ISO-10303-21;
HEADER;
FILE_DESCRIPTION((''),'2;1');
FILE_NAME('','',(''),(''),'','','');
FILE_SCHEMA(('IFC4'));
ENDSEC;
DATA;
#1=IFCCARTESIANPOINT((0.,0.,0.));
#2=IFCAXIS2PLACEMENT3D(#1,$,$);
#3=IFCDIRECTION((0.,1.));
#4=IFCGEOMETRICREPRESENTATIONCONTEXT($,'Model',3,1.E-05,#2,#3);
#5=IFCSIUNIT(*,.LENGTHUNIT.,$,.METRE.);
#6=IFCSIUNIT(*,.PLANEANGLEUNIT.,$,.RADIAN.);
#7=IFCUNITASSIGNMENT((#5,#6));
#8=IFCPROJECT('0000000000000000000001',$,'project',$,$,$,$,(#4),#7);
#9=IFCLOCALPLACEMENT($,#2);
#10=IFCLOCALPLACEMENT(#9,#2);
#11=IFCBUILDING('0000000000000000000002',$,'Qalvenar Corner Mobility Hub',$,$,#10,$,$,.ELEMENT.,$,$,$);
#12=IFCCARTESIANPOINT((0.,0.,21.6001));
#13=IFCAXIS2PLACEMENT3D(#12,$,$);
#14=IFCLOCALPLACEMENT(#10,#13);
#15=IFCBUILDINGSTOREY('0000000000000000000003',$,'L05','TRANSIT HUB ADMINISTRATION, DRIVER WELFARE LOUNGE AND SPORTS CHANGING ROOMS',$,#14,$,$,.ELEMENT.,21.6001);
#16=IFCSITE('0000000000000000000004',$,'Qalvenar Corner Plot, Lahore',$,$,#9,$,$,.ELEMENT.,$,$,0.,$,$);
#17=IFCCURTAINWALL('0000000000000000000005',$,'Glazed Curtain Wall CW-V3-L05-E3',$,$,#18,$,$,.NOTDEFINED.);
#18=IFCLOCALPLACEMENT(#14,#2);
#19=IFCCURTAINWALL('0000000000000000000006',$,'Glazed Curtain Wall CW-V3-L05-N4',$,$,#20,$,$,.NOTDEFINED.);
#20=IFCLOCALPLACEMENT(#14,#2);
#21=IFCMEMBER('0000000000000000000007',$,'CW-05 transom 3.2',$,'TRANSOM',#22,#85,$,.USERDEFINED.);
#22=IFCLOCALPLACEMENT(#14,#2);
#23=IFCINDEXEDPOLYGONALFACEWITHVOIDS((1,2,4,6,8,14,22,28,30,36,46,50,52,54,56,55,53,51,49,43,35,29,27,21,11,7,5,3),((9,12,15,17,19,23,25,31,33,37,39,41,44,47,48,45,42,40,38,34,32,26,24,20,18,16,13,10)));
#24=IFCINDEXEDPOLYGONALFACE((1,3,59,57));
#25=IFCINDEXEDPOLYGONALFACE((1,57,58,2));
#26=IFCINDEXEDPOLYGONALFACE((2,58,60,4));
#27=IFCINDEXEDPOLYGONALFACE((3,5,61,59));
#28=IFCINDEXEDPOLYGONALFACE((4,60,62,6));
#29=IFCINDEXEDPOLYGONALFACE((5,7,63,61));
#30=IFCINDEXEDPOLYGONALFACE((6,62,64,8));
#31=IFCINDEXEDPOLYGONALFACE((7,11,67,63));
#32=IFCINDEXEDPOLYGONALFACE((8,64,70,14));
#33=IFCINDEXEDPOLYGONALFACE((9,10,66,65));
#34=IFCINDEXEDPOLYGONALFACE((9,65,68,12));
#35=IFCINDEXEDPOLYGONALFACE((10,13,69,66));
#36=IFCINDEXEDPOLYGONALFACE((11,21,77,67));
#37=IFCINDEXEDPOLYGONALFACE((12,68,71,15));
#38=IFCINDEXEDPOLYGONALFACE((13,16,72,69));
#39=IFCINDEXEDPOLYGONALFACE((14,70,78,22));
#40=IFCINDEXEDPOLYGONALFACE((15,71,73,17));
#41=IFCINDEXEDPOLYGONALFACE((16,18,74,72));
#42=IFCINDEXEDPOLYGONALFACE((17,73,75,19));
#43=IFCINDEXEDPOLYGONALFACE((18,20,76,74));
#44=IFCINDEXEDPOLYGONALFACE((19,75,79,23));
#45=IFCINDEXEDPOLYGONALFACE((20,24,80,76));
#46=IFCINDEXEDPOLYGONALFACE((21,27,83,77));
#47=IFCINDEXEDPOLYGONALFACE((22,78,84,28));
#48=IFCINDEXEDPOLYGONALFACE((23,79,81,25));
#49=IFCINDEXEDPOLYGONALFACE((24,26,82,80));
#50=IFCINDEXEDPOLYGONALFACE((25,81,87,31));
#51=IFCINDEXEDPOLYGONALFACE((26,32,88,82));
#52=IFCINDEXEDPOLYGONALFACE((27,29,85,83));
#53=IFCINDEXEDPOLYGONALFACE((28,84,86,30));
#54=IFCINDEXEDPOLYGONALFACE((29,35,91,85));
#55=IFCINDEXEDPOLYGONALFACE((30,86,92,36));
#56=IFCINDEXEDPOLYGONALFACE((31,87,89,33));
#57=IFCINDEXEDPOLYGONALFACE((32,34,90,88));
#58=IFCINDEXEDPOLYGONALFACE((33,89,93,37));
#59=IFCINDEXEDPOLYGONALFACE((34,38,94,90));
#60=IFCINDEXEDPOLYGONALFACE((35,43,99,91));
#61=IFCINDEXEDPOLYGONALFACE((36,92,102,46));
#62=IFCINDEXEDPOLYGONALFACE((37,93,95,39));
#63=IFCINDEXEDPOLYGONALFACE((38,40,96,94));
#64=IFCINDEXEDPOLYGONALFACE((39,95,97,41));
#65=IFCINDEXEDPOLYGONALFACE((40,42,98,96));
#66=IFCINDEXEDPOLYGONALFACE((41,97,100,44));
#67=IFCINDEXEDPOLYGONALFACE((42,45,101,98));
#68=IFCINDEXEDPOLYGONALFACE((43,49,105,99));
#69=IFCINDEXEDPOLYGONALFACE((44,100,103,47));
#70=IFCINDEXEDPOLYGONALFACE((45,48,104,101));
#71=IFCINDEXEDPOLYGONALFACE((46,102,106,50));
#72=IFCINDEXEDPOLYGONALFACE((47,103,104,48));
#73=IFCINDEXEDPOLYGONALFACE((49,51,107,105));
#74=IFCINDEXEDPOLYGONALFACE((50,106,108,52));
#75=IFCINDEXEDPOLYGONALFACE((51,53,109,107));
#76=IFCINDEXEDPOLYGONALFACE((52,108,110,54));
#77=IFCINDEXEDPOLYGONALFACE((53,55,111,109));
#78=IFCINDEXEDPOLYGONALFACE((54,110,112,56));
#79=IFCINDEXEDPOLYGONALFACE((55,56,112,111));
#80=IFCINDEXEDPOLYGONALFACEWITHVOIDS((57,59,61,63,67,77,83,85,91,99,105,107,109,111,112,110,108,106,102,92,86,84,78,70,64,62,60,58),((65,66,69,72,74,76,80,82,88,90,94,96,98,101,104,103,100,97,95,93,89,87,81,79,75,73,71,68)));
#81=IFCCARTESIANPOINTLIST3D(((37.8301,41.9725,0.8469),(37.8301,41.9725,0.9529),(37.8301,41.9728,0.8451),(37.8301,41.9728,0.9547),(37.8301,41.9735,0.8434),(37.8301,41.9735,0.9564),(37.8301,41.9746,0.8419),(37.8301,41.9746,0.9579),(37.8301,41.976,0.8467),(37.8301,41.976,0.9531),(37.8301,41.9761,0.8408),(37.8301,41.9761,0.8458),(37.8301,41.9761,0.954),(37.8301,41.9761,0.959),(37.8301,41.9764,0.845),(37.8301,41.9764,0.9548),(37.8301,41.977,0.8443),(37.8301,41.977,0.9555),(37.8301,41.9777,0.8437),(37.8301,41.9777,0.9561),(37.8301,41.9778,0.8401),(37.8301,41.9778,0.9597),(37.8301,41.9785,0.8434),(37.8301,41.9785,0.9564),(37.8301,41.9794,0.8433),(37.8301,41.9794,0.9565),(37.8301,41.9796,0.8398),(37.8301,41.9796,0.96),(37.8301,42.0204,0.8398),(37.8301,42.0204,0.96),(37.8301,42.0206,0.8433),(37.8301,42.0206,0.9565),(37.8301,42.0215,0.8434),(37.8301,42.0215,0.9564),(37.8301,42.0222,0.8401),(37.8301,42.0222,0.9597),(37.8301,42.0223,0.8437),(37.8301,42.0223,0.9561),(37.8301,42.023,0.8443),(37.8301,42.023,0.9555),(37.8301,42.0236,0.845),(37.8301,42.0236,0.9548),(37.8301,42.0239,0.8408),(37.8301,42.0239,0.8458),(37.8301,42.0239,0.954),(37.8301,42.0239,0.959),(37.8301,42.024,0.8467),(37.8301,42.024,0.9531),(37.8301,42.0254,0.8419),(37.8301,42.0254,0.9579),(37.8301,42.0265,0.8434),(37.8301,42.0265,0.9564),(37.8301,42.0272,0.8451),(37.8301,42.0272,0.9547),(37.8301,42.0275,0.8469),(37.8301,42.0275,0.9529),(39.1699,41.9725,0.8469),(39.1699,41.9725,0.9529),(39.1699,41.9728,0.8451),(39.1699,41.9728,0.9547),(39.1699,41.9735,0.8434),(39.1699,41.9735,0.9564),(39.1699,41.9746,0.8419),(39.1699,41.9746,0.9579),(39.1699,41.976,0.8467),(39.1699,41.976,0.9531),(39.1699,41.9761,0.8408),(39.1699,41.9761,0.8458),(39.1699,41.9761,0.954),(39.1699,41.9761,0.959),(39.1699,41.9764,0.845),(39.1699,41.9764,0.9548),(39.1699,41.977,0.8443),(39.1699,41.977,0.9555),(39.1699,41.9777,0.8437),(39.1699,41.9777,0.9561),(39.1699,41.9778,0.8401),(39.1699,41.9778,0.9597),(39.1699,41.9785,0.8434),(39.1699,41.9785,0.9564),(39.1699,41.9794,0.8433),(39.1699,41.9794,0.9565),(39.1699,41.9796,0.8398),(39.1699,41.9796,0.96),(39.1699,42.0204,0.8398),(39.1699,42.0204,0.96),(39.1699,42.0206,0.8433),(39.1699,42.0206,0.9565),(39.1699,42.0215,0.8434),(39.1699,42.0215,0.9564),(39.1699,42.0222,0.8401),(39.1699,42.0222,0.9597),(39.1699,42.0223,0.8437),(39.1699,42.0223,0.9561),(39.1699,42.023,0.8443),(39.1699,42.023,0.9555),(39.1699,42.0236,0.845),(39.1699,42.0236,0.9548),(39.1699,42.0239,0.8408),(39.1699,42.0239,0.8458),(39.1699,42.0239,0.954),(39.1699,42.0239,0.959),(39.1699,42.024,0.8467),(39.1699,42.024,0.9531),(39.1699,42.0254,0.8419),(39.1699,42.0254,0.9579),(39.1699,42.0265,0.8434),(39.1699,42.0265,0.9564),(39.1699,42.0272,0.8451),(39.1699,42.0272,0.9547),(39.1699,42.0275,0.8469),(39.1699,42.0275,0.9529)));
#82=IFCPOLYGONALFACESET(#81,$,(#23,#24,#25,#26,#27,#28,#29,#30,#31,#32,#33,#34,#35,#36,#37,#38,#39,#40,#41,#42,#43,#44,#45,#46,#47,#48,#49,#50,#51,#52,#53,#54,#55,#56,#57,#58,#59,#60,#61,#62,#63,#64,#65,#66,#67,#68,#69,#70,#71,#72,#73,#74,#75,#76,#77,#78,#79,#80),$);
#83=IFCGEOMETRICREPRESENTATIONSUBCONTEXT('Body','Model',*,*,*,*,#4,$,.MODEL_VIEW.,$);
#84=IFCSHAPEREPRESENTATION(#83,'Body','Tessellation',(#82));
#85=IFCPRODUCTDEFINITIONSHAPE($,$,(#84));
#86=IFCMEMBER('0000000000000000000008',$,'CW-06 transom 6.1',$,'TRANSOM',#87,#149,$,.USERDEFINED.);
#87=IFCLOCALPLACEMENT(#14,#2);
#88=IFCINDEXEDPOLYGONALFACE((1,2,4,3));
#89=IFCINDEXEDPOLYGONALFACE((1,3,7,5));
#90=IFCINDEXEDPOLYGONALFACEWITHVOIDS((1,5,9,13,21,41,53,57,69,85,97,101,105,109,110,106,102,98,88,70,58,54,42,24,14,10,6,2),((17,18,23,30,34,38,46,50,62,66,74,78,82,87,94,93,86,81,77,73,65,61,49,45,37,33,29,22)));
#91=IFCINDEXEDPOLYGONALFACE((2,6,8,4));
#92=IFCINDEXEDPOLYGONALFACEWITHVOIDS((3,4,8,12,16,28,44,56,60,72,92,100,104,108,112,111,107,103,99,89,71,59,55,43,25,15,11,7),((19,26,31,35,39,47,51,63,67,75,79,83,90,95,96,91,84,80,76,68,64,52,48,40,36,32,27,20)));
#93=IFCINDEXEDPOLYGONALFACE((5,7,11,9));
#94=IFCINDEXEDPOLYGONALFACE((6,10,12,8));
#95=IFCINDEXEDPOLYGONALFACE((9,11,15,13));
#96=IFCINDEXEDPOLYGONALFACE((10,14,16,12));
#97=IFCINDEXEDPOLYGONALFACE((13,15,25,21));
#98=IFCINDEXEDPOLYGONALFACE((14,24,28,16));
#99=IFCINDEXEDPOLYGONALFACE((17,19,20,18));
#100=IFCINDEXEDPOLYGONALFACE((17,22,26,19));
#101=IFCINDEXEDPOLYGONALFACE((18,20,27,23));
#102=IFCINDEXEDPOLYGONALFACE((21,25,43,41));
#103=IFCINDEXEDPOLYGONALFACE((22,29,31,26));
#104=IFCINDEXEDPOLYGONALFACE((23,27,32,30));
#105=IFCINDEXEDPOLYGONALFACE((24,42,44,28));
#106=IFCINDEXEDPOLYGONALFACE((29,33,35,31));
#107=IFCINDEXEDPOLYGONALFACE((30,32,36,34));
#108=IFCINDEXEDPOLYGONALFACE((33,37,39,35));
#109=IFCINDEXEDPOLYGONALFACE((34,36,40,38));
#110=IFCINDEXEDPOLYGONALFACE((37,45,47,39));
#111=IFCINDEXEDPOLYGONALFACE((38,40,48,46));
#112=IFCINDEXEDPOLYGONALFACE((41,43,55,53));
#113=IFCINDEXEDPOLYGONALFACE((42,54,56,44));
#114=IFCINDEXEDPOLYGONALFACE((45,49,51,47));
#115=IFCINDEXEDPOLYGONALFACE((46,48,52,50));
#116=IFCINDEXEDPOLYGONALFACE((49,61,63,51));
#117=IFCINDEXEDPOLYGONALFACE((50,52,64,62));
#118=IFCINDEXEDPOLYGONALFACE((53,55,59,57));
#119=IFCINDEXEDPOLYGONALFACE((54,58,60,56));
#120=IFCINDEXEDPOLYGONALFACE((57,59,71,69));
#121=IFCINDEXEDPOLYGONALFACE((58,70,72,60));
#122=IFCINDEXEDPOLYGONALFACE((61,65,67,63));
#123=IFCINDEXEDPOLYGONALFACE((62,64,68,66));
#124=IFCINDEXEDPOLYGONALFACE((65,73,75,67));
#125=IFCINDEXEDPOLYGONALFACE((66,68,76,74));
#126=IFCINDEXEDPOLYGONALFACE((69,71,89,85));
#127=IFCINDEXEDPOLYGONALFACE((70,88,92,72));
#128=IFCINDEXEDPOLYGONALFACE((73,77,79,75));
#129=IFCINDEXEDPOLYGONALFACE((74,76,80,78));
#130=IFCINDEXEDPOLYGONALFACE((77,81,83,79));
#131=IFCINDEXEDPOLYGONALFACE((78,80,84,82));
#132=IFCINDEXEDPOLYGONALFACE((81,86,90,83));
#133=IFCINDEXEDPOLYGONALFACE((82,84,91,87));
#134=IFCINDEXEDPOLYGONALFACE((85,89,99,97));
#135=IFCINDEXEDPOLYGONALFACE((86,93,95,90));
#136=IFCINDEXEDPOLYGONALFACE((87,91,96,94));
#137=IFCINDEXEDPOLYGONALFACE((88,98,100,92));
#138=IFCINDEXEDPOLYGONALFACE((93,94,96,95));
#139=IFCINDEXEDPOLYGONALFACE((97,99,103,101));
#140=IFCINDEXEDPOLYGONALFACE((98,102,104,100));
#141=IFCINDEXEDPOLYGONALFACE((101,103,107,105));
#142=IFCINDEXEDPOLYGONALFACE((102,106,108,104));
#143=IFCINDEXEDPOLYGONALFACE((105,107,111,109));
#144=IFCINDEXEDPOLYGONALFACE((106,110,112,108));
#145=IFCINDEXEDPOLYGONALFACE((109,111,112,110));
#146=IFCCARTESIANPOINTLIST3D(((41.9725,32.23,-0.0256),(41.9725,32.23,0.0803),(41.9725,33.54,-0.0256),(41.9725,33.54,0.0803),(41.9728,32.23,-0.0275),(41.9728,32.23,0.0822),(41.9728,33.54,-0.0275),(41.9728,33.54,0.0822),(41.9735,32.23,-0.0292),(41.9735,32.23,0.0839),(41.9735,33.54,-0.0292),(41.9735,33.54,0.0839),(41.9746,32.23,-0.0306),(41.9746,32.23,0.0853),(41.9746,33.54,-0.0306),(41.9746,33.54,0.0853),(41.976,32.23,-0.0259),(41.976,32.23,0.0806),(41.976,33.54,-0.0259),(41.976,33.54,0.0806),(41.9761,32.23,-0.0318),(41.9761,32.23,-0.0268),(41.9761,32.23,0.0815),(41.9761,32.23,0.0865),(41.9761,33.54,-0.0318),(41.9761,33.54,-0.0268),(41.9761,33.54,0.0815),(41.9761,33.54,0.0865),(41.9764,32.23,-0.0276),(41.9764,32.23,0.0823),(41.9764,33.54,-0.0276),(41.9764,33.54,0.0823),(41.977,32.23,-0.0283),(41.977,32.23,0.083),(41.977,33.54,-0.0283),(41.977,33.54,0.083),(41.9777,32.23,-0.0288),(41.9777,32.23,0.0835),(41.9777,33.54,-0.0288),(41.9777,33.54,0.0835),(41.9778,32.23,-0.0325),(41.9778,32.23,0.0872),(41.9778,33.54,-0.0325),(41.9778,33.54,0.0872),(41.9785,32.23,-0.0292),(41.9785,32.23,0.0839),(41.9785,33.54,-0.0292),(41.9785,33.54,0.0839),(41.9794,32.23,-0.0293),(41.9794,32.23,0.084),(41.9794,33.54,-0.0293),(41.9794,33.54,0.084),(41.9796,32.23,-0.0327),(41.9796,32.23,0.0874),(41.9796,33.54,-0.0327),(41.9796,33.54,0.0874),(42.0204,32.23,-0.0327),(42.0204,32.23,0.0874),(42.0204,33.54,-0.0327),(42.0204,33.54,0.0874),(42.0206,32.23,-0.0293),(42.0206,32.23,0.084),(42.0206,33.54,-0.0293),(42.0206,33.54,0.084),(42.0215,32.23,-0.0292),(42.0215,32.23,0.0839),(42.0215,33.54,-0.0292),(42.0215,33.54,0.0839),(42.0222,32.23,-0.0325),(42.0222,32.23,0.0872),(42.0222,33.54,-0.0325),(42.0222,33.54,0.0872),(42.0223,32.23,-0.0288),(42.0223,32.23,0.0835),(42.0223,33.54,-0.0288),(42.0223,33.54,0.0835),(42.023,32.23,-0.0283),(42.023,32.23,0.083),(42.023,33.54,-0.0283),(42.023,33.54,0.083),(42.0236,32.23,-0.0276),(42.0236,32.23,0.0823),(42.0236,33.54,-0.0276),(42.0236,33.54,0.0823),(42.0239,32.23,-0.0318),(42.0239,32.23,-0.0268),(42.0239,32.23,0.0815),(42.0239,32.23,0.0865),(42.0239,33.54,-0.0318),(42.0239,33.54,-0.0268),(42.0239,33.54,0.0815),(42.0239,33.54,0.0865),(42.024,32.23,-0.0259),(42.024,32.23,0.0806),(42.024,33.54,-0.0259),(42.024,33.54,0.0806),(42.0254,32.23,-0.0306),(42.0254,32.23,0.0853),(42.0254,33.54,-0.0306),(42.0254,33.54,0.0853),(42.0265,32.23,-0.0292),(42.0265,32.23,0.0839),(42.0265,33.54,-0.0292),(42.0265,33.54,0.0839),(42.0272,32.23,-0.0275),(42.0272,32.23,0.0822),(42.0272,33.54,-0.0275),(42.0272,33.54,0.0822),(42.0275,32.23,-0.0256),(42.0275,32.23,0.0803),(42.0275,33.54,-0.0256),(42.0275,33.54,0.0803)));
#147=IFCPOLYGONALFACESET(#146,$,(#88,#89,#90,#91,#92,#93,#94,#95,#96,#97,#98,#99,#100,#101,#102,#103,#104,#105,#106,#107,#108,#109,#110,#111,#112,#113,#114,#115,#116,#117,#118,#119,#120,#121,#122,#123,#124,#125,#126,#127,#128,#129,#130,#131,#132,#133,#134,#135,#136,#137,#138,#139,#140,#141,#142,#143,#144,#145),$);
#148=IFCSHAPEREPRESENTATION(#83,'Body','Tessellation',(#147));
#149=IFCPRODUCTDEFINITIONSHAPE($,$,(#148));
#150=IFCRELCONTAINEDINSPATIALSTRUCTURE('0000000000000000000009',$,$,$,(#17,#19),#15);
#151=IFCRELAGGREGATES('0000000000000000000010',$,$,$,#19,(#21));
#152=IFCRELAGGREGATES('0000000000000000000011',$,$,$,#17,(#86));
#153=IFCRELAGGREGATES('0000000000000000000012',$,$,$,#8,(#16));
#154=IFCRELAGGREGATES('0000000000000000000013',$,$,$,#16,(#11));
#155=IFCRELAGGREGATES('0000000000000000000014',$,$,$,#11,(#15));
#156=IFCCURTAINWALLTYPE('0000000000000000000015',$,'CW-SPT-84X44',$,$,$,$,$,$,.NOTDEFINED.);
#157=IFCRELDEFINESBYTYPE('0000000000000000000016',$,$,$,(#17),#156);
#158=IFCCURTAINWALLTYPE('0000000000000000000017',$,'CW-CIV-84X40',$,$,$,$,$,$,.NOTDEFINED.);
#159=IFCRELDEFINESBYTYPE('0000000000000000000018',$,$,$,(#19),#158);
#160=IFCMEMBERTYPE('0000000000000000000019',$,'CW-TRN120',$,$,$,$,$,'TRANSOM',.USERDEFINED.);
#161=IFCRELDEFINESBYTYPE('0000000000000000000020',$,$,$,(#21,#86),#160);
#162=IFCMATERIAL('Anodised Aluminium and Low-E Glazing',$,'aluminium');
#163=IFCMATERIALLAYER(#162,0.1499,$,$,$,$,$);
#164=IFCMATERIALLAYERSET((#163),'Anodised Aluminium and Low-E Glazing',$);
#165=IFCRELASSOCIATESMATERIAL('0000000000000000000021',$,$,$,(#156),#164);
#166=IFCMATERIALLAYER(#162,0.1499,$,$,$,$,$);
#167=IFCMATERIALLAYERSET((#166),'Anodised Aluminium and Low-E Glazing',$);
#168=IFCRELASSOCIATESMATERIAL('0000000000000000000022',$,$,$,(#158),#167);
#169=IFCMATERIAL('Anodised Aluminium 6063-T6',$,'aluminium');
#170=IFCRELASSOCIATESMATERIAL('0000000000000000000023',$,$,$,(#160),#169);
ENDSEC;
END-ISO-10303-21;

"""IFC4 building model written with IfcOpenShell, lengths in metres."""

from ifc_helpers import new_model, si_unit, direction, frame, origin, origin_2d, place, context, subcontext, project, spatial, hollow_rectangle, extrude, material, layer, layer_set, material_profile, profile_set, type_object, element, aggregate, save


model = new_model("IFC4")

# Units and contexts
model_context = context("Model", 3, precision=1e-05, world=origin(), true_north=direction((0.0, 1.0)))
body_context = subcontext(model_context, "Body", "Model", "MODEL_VIEW")
ifc_project = project(units=[si_unit("LENGTHUNIT", "METRE"), si_unit("PLANEANGLEUNIT", "RADIAN")], contexts=[model_context])

# Site, building, storey
site_placement = place(None, origin())
site = spatial("IfcSite", under=ifc_project, at=site_placement, Name="Qalvenar Corner Plot, Lahore", CompositionType="ELEMENT", RefElevation=0.0)
building_placement = place(site_placement, origin())
building = spatial("IfcBuilding", under=site, at=building_placement, Name="Qalvenar Corner Mobility Hub", CompositionType="ELEMENT")
storey_placement = place(building_placement, frame((0.0, 0.0, 21.6001)))
storey = spatial("IfcBuildingStorey", under=building, at=storey_placement, Name="L05", Description="TRANSIT HUB ADMINISTRATION, DRIVER WELFARE LOUNGE AND SPORTS CHANGING ROOMS", CompositionType="ELEMENT", Elevation=21.6001)

# Curtain walls, member
ifc_material_1 = material(Name="Anodised Aluminium and Low-E Glazing", Category="aluminium")
ifc_layer_1 = layer(ifc_material_1, 0.1499)
ifc_layer_set_1 = layer_set([ifc_layer_1], Name="Anodised Aluminium and Low-E Glazing")
curtain_wall_type_1 = type_object("IfcCurtainWallType", Name="CW-SPT-84X44", PredefinedType="NOTDEFINED", material=ifc_layer_set_1)
curtain_wall_1_placement = place(storey_placement, origin())
curtain_wall_1 = element("IfcCurtainWall", 1, at=curtain_wall_1_placement, inside=storey, type_object=curtain_wall_type_1, Name="Glazed Curtain Wall CW-V3-L05-E3", PredefinedType="NOTDEFINED")
ifc_material_2 = material(Name="Anodised Aluminium 6063-T6", Category="aluminium")
ifc_layer_2 = layer(ifc_material_1, 0.1499)
ifc_layer_set_2 = layer_set([ifc_layer_2], Name="Anodised Aluminium and Low-E Glazing")
curtain_wall_type_2 = type_object("IfcCurtainWallType", Name="CW-CIV-84X40", PredefinedType="NOTDEFINED", material=ifc_layer_set_2)
curtain_wall_2_placement = place(storey_placement, origin())
curtain_wall_2 = element("IfcCurtainWall", 2, at=curtain_wall_2_placement, inside=storey, type_object=curtain_wall_type_2, Name="Glazed Curtain Wall CW-V3-L05-N4", PredefinedType="NOTDEFINED")
ifc_material_profile_1 = material_profile(ifc_material_2, hollow_rectangle(XDim=0.0549, YDim=0.1201, WallThickness=0.0034, InnerFilletRadius=0.0034, OuterFilletRadius=0.0071, at=origin_2d()), Name="RHS120x55x3.5")
ifc_profile_set_1 = profile_set([ifc_material_profile_1], Name="Anodised Aluminium 6063-T6")
member_type_1 = type_object("IfcMemberType", Name="CW-TRN120", ElementType="TRANSOM", PredefinedType="USERDEFINED", material=ifc_profile_set_1)
member_1_placement = place(storey_placement, frame((39.1699, 42.0, 0.8999), z_axis=(-1.0, 0.0, 0.0), x_axis=(0.0, -1.0, 0.0)))
member_1 = element("IfcMember", 3, at=member_1_placement, type_object=member_type_1, Name="CW-05 transom 3.2", ObjectType="TRANSOM", PredefinedType="USERDEFINED", context=body_context, shape_type="SweptSolid", body=[
    extrude(hollow_rectangle(XDim=0.0549, YDim=0.1201, WallThickness=0.0034, InnerFilletRadius=0.0034, OuterFilletRadius=0.0071, at=origin_2d()), origin(), (0.0, 0.0, 1.0), 1.3398),
])

# Member
member_2_placement = place(storey_placement, frame((42.0, 32.23, 0.0273), z_axis=(0.0, 1.0, 0.0), x_axis=(-1.0, 0.0, 0.0)))
member_2 = element("IfcMember", 4, at=member_2_placement, type_object=member_type_1, Name="CW-06 transom 6.1", ObjectType="TRANSOM", PredefinedType="USERDEFINED", context=body_context, shape_type="SweptSolid", body=[
    extrude(hollow_rectangle(XDim=0.0549, YDim=0.1201, WallThickness=0.0034, InnerFilletRadius=0.0034, OuterFilletRadius=0.0071, at=origin_2d()), origin(), (0.0, 0.0, 1.0), 1.3101),
])

aggregate(curtain_wall_2, [member_1])
aggregate(curtain_wall_1, [member_2])

save(model, "model.ifc")
